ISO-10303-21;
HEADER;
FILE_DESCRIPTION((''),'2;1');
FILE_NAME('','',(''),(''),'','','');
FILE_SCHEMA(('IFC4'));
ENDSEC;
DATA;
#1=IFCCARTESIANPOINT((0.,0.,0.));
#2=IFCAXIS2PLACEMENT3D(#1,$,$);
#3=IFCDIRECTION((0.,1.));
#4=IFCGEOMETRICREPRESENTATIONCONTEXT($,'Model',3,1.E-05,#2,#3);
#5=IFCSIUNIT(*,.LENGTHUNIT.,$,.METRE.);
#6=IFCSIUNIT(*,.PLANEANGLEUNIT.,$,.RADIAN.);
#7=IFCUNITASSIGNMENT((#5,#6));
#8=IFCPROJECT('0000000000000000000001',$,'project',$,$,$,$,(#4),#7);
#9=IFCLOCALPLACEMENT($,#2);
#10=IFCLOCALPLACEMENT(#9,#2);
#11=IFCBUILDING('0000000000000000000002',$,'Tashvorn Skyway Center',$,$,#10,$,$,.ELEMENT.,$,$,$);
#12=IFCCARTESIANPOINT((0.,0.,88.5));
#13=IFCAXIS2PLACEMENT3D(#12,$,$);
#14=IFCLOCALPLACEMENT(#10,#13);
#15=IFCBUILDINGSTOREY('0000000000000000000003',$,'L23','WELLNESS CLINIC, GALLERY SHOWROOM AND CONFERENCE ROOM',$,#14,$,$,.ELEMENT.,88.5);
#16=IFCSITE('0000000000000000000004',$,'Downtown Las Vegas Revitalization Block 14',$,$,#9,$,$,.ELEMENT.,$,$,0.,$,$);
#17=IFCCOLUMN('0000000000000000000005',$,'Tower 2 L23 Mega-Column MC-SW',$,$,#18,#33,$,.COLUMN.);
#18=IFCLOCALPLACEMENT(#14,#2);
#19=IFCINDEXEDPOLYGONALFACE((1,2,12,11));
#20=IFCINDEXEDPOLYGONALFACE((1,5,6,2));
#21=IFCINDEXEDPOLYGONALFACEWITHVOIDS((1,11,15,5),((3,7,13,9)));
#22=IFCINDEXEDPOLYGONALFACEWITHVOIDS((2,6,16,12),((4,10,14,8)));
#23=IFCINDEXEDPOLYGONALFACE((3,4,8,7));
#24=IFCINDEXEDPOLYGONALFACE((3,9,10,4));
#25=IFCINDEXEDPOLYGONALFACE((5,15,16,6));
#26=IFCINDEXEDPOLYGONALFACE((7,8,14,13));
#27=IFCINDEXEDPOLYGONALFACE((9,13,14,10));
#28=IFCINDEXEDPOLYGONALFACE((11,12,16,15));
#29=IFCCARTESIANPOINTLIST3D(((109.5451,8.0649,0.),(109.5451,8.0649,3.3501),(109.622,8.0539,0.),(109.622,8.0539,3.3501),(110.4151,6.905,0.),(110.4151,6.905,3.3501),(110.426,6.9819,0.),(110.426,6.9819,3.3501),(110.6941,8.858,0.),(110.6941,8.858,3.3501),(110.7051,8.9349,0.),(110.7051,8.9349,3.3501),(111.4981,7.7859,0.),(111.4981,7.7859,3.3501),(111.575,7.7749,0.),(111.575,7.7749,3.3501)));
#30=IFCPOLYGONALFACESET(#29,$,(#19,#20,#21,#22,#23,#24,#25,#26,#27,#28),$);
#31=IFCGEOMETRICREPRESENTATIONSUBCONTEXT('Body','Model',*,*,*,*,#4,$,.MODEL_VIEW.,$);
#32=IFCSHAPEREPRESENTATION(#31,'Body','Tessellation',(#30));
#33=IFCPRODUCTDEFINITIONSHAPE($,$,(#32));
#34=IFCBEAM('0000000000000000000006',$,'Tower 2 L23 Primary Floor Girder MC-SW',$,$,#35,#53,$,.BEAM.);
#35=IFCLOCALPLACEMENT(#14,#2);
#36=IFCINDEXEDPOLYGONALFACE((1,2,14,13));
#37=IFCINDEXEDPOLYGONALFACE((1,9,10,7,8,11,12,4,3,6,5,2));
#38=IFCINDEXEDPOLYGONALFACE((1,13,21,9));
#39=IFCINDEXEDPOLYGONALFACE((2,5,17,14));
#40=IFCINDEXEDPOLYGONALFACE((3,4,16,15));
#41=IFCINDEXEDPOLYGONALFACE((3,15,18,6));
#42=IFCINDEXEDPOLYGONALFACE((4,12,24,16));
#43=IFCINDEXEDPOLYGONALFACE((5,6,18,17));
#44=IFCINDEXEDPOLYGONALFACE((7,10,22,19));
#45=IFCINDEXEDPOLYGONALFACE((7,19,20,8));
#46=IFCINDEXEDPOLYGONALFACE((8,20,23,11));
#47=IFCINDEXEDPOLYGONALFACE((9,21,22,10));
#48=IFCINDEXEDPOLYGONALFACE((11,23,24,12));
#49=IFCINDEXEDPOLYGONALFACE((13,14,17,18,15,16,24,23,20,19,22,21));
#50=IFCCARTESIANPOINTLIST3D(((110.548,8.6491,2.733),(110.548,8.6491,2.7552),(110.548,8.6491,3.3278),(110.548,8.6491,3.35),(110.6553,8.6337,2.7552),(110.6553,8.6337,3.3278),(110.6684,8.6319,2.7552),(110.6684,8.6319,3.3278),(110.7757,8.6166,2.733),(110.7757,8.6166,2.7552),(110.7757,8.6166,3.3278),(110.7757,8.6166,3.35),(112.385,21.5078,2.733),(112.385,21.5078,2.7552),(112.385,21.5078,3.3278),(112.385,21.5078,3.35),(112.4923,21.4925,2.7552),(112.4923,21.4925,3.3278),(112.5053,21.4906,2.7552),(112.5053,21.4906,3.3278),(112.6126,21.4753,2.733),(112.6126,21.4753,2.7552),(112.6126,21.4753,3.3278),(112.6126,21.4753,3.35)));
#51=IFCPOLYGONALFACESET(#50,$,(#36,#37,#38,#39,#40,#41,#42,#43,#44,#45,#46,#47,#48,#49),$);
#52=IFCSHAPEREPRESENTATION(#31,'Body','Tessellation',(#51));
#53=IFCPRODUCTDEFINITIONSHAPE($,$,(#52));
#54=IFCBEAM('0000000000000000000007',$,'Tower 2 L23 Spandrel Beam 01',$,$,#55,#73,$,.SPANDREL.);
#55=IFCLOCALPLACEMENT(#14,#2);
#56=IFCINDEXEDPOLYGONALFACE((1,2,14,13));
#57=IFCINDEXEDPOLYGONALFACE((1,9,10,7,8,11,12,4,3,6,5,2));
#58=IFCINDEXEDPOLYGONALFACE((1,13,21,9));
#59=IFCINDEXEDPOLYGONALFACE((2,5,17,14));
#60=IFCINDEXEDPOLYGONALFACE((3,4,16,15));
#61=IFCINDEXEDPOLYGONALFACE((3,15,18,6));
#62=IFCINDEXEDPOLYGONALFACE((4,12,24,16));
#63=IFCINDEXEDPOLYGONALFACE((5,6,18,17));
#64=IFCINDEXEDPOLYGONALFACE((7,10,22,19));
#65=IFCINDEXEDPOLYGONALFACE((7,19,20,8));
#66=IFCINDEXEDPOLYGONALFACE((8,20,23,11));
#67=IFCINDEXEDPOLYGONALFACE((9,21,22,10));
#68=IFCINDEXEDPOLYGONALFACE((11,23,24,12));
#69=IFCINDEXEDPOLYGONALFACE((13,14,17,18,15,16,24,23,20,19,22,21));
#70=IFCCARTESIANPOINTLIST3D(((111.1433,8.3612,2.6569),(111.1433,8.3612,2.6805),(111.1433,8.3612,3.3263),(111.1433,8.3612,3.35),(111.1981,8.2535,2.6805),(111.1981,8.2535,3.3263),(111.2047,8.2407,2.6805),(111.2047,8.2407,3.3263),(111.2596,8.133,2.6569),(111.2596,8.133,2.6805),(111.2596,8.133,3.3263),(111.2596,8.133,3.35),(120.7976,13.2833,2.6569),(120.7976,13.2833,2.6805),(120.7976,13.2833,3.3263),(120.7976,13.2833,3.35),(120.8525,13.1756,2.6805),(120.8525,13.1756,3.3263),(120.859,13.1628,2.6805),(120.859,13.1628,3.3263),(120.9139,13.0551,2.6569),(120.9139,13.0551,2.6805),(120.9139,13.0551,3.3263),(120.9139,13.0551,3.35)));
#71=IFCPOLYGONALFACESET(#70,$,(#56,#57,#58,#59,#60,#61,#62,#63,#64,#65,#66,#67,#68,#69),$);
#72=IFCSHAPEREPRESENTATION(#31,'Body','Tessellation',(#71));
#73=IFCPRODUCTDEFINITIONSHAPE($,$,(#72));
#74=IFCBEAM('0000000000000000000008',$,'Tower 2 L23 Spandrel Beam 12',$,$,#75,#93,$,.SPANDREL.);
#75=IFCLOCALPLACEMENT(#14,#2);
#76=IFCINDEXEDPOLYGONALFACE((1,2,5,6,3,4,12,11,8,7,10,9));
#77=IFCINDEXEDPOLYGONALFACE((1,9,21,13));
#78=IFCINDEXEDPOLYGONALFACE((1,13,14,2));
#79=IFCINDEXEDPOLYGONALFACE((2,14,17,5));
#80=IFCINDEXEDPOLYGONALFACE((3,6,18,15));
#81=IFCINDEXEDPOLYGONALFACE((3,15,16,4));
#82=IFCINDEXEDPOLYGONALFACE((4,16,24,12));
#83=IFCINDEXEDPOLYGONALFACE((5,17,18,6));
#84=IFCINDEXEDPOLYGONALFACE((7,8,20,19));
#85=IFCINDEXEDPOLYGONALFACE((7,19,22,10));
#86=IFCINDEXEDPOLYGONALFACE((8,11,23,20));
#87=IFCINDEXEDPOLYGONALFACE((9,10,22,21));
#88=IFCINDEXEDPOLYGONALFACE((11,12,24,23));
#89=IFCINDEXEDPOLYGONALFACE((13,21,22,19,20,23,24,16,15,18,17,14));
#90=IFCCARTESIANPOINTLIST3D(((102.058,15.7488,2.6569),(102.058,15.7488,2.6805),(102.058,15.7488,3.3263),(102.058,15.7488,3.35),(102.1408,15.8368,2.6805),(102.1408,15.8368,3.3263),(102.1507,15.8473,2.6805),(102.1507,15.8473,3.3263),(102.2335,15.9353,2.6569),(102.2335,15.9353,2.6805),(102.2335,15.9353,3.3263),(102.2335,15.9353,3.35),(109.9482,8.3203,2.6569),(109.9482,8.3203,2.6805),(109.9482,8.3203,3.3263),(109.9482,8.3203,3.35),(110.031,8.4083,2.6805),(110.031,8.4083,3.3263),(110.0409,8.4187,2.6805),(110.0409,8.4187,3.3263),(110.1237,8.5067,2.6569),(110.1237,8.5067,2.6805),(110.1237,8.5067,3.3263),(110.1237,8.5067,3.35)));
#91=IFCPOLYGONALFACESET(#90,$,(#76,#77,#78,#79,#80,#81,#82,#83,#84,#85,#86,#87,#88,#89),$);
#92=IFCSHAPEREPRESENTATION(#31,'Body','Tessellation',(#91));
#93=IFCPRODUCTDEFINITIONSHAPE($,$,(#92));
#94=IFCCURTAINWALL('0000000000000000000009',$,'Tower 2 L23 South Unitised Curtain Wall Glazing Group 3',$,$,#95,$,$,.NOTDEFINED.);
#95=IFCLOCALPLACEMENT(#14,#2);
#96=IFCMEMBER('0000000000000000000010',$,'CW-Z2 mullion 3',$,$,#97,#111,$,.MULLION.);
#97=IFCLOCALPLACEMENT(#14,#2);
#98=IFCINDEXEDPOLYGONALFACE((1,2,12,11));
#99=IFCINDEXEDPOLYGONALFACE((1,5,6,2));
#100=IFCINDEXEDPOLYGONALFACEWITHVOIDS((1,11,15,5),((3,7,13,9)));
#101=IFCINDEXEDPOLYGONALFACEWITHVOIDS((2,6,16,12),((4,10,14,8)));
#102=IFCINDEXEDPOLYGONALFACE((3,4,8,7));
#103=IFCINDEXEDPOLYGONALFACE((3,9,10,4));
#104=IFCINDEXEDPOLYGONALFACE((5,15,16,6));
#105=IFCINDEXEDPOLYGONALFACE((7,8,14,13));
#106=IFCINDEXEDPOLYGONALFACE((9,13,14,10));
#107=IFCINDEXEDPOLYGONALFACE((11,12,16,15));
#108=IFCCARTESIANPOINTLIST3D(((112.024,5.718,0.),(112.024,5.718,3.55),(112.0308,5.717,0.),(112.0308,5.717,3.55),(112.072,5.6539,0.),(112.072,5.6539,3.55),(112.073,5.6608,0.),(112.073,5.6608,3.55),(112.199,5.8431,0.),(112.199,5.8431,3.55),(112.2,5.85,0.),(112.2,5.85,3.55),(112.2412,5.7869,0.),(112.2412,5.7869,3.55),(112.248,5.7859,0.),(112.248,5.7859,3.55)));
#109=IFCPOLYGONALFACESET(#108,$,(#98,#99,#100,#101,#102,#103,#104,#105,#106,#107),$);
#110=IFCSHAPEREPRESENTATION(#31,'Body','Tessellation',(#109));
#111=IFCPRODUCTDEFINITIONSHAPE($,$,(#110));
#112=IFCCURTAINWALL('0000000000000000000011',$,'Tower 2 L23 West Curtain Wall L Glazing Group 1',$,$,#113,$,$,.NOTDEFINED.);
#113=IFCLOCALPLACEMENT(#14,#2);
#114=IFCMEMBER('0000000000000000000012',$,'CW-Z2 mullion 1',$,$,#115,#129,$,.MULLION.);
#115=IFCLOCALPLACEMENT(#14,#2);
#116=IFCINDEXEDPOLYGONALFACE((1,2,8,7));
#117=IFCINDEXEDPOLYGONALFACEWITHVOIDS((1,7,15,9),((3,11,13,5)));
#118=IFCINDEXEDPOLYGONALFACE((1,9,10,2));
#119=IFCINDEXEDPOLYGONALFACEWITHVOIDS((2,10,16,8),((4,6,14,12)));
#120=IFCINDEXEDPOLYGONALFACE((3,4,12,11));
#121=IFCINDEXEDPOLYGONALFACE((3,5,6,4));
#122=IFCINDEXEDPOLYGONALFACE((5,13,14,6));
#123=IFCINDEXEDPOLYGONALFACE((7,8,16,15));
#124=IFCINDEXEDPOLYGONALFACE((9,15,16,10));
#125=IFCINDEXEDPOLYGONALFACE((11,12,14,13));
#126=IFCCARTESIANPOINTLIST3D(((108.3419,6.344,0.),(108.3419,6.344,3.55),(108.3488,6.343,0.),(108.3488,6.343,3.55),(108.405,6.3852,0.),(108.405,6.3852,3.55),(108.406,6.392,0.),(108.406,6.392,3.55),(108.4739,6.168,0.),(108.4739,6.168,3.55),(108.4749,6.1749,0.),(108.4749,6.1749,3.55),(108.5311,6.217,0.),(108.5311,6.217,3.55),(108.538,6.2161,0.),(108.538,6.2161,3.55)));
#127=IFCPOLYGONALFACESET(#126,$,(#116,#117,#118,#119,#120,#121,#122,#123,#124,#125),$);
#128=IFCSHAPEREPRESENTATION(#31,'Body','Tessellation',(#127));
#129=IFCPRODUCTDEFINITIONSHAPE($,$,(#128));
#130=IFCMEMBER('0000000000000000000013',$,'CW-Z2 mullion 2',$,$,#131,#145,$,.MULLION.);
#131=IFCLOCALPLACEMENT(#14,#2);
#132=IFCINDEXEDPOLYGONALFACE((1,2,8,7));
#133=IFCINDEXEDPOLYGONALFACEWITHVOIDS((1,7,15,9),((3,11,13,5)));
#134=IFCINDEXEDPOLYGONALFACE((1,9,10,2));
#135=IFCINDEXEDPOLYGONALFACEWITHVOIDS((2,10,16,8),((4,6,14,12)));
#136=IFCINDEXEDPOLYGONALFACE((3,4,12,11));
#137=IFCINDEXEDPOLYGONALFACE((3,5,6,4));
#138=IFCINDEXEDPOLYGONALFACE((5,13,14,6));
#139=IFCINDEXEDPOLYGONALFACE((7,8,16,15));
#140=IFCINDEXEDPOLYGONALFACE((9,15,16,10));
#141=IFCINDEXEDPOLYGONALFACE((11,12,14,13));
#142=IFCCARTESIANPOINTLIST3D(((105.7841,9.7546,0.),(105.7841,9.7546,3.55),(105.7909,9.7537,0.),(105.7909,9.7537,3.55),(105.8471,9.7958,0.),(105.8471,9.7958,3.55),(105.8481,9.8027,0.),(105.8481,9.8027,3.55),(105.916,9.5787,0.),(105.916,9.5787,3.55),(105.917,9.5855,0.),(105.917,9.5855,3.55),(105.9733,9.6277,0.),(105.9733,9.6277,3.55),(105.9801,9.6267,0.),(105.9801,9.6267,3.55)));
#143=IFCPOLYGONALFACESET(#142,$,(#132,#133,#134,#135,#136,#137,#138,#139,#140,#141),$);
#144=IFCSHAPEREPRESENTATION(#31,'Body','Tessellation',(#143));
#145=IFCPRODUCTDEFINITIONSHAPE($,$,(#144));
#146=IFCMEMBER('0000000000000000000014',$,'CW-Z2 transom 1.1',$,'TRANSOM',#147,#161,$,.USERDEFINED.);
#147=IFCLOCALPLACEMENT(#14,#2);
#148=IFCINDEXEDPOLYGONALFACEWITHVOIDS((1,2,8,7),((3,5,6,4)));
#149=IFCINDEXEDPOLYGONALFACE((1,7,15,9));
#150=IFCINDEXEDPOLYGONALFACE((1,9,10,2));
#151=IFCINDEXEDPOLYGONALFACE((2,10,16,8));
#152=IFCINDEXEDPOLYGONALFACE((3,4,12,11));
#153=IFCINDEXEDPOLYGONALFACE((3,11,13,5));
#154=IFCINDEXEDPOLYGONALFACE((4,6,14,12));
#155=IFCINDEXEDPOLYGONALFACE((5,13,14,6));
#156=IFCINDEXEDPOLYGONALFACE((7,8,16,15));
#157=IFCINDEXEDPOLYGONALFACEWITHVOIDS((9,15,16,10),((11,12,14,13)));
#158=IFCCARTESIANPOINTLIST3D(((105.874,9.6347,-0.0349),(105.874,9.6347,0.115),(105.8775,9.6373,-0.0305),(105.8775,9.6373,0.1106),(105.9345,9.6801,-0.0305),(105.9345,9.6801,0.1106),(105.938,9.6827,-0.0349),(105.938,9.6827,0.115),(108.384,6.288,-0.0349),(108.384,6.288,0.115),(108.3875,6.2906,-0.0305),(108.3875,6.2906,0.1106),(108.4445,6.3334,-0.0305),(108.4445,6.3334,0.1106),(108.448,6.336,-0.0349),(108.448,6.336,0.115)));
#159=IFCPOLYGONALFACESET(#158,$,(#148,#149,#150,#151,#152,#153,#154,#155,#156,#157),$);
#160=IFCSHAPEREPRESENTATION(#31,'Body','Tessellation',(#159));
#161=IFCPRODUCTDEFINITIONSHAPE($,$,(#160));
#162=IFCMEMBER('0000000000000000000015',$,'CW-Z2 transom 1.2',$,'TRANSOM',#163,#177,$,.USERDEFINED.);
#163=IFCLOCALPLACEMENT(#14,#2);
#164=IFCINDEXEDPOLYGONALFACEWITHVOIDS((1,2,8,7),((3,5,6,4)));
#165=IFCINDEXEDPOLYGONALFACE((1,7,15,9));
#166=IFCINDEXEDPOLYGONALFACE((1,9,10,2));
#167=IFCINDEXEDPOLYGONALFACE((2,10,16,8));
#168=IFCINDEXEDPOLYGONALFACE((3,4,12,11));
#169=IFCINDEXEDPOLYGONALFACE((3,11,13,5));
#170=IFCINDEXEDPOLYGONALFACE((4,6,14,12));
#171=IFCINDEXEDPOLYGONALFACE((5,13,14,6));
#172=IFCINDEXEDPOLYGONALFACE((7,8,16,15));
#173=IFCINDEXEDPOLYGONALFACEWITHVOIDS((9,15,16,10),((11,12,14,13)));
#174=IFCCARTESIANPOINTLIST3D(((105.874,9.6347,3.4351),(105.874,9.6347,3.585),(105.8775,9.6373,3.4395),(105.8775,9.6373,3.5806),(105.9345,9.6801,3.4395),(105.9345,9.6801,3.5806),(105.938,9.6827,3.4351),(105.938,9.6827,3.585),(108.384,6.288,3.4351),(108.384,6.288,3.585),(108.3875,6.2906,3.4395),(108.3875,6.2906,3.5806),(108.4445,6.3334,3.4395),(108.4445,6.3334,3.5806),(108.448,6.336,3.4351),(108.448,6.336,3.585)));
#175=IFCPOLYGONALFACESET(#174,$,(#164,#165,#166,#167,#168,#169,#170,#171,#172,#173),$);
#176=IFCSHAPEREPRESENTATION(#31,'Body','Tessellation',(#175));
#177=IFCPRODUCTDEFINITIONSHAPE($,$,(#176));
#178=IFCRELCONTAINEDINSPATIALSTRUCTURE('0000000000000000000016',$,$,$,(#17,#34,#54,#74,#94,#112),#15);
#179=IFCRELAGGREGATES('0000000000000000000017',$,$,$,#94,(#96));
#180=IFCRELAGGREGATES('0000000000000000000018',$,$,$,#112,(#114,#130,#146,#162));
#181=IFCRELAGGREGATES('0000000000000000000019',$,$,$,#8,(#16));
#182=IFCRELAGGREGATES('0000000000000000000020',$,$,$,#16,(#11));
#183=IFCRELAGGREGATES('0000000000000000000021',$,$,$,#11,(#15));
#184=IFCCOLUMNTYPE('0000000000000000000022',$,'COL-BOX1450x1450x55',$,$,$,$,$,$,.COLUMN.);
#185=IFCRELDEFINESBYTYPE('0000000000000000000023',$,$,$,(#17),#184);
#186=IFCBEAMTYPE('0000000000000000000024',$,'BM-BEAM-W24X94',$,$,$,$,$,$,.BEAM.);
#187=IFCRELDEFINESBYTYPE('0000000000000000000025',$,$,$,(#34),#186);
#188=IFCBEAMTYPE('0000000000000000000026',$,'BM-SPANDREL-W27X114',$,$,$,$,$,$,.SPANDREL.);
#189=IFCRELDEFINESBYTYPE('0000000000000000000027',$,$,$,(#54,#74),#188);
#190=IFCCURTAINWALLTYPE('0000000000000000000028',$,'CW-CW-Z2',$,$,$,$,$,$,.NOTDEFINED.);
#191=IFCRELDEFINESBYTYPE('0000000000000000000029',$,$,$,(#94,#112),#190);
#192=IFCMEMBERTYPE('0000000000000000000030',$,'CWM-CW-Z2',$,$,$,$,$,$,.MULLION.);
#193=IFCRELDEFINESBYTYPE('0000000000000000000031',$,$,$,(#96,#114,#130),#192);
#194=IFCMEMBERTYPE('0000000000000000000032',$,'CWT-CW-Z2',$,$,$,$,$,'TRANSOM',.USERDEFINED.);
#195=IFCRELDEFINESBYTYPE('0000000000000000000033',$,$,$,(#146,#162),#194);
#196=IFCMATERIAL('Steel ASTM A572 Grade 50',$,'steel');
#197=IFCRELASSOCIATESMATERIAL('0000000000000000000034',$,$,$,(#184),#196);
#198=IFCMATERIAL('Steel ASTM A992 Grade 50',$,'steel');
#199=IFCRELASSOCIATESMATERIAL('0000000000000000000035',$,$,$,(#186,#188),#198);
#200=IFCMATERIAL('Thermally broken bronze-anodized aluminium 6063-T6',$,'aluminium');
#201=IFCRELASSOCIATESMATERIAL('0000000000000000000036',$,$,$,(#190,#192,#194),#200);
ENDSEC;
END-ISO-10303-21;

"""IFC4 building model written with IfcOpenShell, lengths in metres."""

from ifc_helpers import new_model, si_unit, direction, frame, origin, origin_2d, place, context, subcontext, project, spatial, hollow_rectangle, i_section, extrude, material, material_profile, profile_set, type_object, element, aggregate, save


model = new_model("IFC4")

# Units and contexts
model_context = context("Model", 3, precision=1e-05, world=origin(), true_north=direction((0.0, 1.0)))
body_context = subcontext(model_context, "Body", "Model", "MODEL_VIEW")
ifc_project = project(units=[si_unit("LENGTHUNIT", "METRE"), si_unit("PLANEANGLEUNIT", "RADIAN")], contexts=[model_context])

# Site, building, storey
site_placement = place(None, origin())
site = spatial("IfcSite", under=ifc_project, at=site_placement, Name="Downtown Las Vegas Revitalization Block 14", CompositionType="ELEMENT", RefElevation=0.0)
building_placement = place(site_placement, origin())
building = spatial("IfcBuilding", under=site, at=building_placement, Name="Tashvorn Skyway Center", CompositionType="ELEMENT")
storey_placement = place(building_placement, frame((0.0, 0.0, 88.5)))
storey = spatial("IfcBuildingStorey", under=building, at=storey_placement, Name="L23", Description="WELLNESS CLINIC, GALLERY SHOWROOM AND CONFERENCE ROOM", CompositionType="ELEMENT", Elevation=88.5)

# Column
ifc_material_1 = material(Name="Steel ASTM A572 Grade 50", Category="steel")
ifc_material_profile_1 = material_profile(ifc_material_1, hollow_rectangle(XDim=1.45, YDim=1.45, WallThickness=0.0549, at=origin_2d()), Name="BOX1450x1450x55")
ifc_profile_set_1 = profile_set([ifc_material_profile_1], Name="Steel ASTM A572 Grade 50")
column_type = type_object("IfcColumnType", Name="COL-BOX1450x1450x55", PredefinedType="COLUMN", material=ifc_profile_set_1)
column_placement = place(storey_placement, frame((110.5601, 7.9199, 0.0), z_axis=(0.0, 0.0, 1.0), x_axis=(0.8, 0.6, 0.0)))
element("IfcColumn", 1, at=column_placement, inside=storey, type_object=column_type, Name="Tower 2 L23 Mega-Column MC-SW", PredefinedType="COLUMN", context=body_context, shape_type="SweptSolid", body=[
    extrude(hollow_rectangle(XDim=1.45, YDim=1.45, WallThickness=0.0549, at=origin_2d()), origin(), (0.0, 0.0, 1.0), 3.3501),
])

# Beams
ifc_material_2 = material(Name="Steel ASTM A992 Grade 50", Category="steel")
ifc_material_profile_2 = material_profile(ifc_material_2, i_section(OverallWidth=0.23, OverallDepth=0.6169, WebThickness=0.0132, FlangeThickness=0.0222, at=origin_2d()), Name="W24X94")
ifc_profile_set_2 = profile_set([ifc_material_profile_2], Name="Steel ASTM A992 Grade 50")
beam_type_1 = type_object("IfcBeamType", Name="BM-BEAM-W24X94", PredefinedType="BEAM", material=ifc_profile_set_2)
beam_1_placement = place(storey_placement, frame((110.6619, 8.6328, 3.0415), z_axis=(0.141419, 0.98995, 0.0), x_axis=(-0.98995, 0.141419, 0.0)))
element("IfcBeam", 2, at=beam_1_placement, inside=storey, type_object=beam_type_1, Name="Tower 2 L23 Primary Floor Girder MC-SW", PredefinedType="BEAM", context=body_context, shape_type="SweptSolid", body=[
    extrude(i_section(OverallWidth=0.23, OverallDepth=0.6169, WebThickness=0.0132, FlangeThickness=0.0222, at=origin_2d()), origin(), (0.0, 0.0, 1.0), 12.9893),
])
ifc_material_profile_3 = material_profile(ifc_material_2, i_section(OverallWidth=0.2561, OverallDepth=0.6931, WebThickness=0.0144, FlangeThickness=0.0237, at=origin_2d()), Name="W27X114")
ifc_profile_set_3 = profile_set([ifc_material_profile_3], Name="Steel ASTM A992 Grade 50")
beam_type_2 = type_object("IfcBeamType", Name="BM-SPANDREL-W27X114", PredefinedType="SPANDREL", material=ifc_profile_set_3)
beam_2_placement = place(storey_placement, frame((111.2014, 8.2471, 3.0034), z_axis=(0.890894, 0.454211, 0.0), x_axis=(-0.454211, 0.890894, 0.0)))
element("IfcBeam", 3, at=beam_2_placement, inside=storey, type_object=beam_type_2, Name="Tower 2 L23 Spandrel Beam 01", PredefinedType="SPANDREL", context=body_context, shape_type="SweptSolid", body=[
    extrude(i_section(OverallWidth=0.2561, OverallDepth=0.6931, WebThickness=0.0144, FlangeThickness=0.0237, at=origin_2d()), origin(), (0.0, 0.0, 1.0), 10.8367),
])
beam_3_placement = place(storey_placement, frame((102.1458, 15.842, 3.0034), z_axis=(0.728087, -0.685485, 0.0), x_axis=(0.685485, 0.728087, 0.0)))
element("IfcBeam", 4, at=beam_3_placement, inside=storey, type_object=beam_type_2, Name="Tower 2 L23 Spandrel Beam 12", PredefinedType="SPANDREL", context=body_context, shape_type="SweptSolid", body=[
    extrude(i_section(OverallWidth=0.2561, OverallDepth=0.6931, WebThickness=0.0144, FlangeThickness=0.0237, at=origin_2d()), origin(), (0.0, 0.0, 1.0), 10.8369),
])

# Curtain wall, member
ifc_material_3 = material(Name="Thermally broken bronze-anodized aluminium 6063-T6", Category="aluminium")
curtain_wall_type = type_object("IfcCurtainWallType", Name="CW-CW-Z2", PredefinedType="NOTDEFINED", material=ifc_material_3)
curtain_wall_1_placement = place(storey_placement, origin())
curtain_wall_1 = element("IfcCurtainWall", 5, at=curtain_wall_1_placement, inside=storey, type_object=curtain_wall_type, Name="Tower 2 L23 South Unitised Curtain Wall Glazing Group 3", PredefinedType="NOTDEFINED")
ifc_material_profile_4 = material_profile(ifc_material_3, hollow_rectangle(XDim=0.0801, YDim=0.22, WallThickness=0.0049, at=origin_2d()), Name="ALU-MULL-80x220")
ifc_profile_set_4 = profile_set([ifc_material_profile_4], Name="Thermally broken bronze-anodized aluminium 6063-T6")
member_type_1 = type_object("IfcMemberType", Name="CWM-CW-Z2", PredefinedType="MULLION", material=ifc_profile_set_4)
member_1_placement = place(storey_placement, frame((112.136, 5.752, 0.0), z_axis=(0.0, 0.0, 1.0), x_axis=(0.6, -0.8, 0.0)))
member_1 = element("IfcMember", 6, at=member_1_placement, type_object=member_type_1, Name="CW-Z2 mullion 3", PredefinedType="MULLION", context=body_context, shape_type="SweptSolid", body=[
    extrude(hollow_rectangle(XDim=0.0801, YDim=0.22, WallThickness=0.0049, at=origin_2d()), origin(), (0.0, 0.0, 1.0), 3.55),
])
aggregate(curtain_wall_1, [member_1])

# Curtain wall, members
curtain_wall_2_placement = place(storey_placement, origin())
curtain_wall_2 = element("IfcCurtainWall", 7, at=curtain_wall_2_placement, inside=storey, type_object=curtain_wall_type, Name="Tower 2 L23 West Curtain Wall L Glazing Group 1", PredefinedType="NOTDEFINED")
member_2_placement = place(storey_placement, frame((108.4399, 6.28, 0.0), z_axis=(0.0, 0.0, 1.0), x_axis=(-0.800003, -0.599996, 0.0)))
member_2 = element("IfcMember", 8, at=member_2_placement, type_object=member_type_1, Name="CW-Z2 mullion 1", PredefinedType="MULLION", context=body_context, shape_type="SweptSolid", body=[
    extrude(hollow_rectangle(XDim=0.0801, YDim=0.22, WallThickness=0.0049, at=origin_2d()), origin(), (0.0, 0.0, 1.0), 3.55),
])
member_3_placement = place(storey_placement, frame((105.8821, 9.6907, 0.0), z_axis=(0.0, 0.0, 1.0), x_axis=(-0.800003, -0.599996, 0.0)))
member_3 = element("IfcMember", 9, at=member_3_placement, type_object=member_type_1, Name="CW-Z2 mullion 2", PredefinedType="MULLION", context=body_context, shape_type="SweptSolid", body=[
    extrude(hollow_rectangle(XDim=0.0801, YDim=0.22, WallThickness=0.0049, at=origin_2d()), origin(), (0.0, 0.0, 1.0), 3.55),
])
ifc_material_profile_5 = material_profile(ifc_material_3, hollow_rectangle(XDim=0.0801, YDim=0.1499, WallThickness=0.0044, at=origin_2d()), Name="ALU-TRAN-80x150")
ifc_profile_set_5 = profile_set([ifc_material_profile_5], Name="Thermally broken bronze-anodized aluminium 6063-T6")
member_type_2 = type_object("IfcMemberType", Name="CWT-CW-Z2", ElementType="TRANSOM", PredefinedType="USERDEFINED", material=ifc_profile_set_5)
member_4_placement = place(storey_placement, frame((108.416, 6.312, 0.04), z_axis=(-0.6, 0.8, 0.0), x_axis=(-0.8, -0.6, 0.0)))
member_4 = element("IfcMember", 10, at=member_4_placement, type_object=member_type_2, Name="CW-Z2 transom 1.1", ObjectType="TRANSOM", PredefinedType="USERDEFINED", context=body_context, shape_type="SweptSolid", body=[
    extrude(hollow_rectangle(XDim=0.0801, YDim=0.1499, WallThickness=0.0044, at=origin_2d()), origin(), (0.0, 0.0, 1.0), 4.1833),
])
member_5_placement = place(storey_placement, frame((108.416, 6.312, 3.51), z_axis=(-0.6, 0.8, 0.0), x_axis=(-0.8, -0.6, 0.0)))
member_5 = element("IfcMember", 11, at=member_5_placement, type_object=member_type_2, Name="CW-Z2 transom 1.2", ObjectType="TRANSOM", PredefinedType="USERDEFINED", context=body_context, shape_type="SweptSolid", body=[
    extrude(hollow_rectangle(XDim=0.0801, YDim=0.1499, WallThickness=0.0044, at=origin_2d()), origin(), (0.0, 0.0, 1.0), 4.1833),
])

aggregate(curtain_wall_2, [member_2, member_3, member_4, member_5])

save(model, "model.ifc")
